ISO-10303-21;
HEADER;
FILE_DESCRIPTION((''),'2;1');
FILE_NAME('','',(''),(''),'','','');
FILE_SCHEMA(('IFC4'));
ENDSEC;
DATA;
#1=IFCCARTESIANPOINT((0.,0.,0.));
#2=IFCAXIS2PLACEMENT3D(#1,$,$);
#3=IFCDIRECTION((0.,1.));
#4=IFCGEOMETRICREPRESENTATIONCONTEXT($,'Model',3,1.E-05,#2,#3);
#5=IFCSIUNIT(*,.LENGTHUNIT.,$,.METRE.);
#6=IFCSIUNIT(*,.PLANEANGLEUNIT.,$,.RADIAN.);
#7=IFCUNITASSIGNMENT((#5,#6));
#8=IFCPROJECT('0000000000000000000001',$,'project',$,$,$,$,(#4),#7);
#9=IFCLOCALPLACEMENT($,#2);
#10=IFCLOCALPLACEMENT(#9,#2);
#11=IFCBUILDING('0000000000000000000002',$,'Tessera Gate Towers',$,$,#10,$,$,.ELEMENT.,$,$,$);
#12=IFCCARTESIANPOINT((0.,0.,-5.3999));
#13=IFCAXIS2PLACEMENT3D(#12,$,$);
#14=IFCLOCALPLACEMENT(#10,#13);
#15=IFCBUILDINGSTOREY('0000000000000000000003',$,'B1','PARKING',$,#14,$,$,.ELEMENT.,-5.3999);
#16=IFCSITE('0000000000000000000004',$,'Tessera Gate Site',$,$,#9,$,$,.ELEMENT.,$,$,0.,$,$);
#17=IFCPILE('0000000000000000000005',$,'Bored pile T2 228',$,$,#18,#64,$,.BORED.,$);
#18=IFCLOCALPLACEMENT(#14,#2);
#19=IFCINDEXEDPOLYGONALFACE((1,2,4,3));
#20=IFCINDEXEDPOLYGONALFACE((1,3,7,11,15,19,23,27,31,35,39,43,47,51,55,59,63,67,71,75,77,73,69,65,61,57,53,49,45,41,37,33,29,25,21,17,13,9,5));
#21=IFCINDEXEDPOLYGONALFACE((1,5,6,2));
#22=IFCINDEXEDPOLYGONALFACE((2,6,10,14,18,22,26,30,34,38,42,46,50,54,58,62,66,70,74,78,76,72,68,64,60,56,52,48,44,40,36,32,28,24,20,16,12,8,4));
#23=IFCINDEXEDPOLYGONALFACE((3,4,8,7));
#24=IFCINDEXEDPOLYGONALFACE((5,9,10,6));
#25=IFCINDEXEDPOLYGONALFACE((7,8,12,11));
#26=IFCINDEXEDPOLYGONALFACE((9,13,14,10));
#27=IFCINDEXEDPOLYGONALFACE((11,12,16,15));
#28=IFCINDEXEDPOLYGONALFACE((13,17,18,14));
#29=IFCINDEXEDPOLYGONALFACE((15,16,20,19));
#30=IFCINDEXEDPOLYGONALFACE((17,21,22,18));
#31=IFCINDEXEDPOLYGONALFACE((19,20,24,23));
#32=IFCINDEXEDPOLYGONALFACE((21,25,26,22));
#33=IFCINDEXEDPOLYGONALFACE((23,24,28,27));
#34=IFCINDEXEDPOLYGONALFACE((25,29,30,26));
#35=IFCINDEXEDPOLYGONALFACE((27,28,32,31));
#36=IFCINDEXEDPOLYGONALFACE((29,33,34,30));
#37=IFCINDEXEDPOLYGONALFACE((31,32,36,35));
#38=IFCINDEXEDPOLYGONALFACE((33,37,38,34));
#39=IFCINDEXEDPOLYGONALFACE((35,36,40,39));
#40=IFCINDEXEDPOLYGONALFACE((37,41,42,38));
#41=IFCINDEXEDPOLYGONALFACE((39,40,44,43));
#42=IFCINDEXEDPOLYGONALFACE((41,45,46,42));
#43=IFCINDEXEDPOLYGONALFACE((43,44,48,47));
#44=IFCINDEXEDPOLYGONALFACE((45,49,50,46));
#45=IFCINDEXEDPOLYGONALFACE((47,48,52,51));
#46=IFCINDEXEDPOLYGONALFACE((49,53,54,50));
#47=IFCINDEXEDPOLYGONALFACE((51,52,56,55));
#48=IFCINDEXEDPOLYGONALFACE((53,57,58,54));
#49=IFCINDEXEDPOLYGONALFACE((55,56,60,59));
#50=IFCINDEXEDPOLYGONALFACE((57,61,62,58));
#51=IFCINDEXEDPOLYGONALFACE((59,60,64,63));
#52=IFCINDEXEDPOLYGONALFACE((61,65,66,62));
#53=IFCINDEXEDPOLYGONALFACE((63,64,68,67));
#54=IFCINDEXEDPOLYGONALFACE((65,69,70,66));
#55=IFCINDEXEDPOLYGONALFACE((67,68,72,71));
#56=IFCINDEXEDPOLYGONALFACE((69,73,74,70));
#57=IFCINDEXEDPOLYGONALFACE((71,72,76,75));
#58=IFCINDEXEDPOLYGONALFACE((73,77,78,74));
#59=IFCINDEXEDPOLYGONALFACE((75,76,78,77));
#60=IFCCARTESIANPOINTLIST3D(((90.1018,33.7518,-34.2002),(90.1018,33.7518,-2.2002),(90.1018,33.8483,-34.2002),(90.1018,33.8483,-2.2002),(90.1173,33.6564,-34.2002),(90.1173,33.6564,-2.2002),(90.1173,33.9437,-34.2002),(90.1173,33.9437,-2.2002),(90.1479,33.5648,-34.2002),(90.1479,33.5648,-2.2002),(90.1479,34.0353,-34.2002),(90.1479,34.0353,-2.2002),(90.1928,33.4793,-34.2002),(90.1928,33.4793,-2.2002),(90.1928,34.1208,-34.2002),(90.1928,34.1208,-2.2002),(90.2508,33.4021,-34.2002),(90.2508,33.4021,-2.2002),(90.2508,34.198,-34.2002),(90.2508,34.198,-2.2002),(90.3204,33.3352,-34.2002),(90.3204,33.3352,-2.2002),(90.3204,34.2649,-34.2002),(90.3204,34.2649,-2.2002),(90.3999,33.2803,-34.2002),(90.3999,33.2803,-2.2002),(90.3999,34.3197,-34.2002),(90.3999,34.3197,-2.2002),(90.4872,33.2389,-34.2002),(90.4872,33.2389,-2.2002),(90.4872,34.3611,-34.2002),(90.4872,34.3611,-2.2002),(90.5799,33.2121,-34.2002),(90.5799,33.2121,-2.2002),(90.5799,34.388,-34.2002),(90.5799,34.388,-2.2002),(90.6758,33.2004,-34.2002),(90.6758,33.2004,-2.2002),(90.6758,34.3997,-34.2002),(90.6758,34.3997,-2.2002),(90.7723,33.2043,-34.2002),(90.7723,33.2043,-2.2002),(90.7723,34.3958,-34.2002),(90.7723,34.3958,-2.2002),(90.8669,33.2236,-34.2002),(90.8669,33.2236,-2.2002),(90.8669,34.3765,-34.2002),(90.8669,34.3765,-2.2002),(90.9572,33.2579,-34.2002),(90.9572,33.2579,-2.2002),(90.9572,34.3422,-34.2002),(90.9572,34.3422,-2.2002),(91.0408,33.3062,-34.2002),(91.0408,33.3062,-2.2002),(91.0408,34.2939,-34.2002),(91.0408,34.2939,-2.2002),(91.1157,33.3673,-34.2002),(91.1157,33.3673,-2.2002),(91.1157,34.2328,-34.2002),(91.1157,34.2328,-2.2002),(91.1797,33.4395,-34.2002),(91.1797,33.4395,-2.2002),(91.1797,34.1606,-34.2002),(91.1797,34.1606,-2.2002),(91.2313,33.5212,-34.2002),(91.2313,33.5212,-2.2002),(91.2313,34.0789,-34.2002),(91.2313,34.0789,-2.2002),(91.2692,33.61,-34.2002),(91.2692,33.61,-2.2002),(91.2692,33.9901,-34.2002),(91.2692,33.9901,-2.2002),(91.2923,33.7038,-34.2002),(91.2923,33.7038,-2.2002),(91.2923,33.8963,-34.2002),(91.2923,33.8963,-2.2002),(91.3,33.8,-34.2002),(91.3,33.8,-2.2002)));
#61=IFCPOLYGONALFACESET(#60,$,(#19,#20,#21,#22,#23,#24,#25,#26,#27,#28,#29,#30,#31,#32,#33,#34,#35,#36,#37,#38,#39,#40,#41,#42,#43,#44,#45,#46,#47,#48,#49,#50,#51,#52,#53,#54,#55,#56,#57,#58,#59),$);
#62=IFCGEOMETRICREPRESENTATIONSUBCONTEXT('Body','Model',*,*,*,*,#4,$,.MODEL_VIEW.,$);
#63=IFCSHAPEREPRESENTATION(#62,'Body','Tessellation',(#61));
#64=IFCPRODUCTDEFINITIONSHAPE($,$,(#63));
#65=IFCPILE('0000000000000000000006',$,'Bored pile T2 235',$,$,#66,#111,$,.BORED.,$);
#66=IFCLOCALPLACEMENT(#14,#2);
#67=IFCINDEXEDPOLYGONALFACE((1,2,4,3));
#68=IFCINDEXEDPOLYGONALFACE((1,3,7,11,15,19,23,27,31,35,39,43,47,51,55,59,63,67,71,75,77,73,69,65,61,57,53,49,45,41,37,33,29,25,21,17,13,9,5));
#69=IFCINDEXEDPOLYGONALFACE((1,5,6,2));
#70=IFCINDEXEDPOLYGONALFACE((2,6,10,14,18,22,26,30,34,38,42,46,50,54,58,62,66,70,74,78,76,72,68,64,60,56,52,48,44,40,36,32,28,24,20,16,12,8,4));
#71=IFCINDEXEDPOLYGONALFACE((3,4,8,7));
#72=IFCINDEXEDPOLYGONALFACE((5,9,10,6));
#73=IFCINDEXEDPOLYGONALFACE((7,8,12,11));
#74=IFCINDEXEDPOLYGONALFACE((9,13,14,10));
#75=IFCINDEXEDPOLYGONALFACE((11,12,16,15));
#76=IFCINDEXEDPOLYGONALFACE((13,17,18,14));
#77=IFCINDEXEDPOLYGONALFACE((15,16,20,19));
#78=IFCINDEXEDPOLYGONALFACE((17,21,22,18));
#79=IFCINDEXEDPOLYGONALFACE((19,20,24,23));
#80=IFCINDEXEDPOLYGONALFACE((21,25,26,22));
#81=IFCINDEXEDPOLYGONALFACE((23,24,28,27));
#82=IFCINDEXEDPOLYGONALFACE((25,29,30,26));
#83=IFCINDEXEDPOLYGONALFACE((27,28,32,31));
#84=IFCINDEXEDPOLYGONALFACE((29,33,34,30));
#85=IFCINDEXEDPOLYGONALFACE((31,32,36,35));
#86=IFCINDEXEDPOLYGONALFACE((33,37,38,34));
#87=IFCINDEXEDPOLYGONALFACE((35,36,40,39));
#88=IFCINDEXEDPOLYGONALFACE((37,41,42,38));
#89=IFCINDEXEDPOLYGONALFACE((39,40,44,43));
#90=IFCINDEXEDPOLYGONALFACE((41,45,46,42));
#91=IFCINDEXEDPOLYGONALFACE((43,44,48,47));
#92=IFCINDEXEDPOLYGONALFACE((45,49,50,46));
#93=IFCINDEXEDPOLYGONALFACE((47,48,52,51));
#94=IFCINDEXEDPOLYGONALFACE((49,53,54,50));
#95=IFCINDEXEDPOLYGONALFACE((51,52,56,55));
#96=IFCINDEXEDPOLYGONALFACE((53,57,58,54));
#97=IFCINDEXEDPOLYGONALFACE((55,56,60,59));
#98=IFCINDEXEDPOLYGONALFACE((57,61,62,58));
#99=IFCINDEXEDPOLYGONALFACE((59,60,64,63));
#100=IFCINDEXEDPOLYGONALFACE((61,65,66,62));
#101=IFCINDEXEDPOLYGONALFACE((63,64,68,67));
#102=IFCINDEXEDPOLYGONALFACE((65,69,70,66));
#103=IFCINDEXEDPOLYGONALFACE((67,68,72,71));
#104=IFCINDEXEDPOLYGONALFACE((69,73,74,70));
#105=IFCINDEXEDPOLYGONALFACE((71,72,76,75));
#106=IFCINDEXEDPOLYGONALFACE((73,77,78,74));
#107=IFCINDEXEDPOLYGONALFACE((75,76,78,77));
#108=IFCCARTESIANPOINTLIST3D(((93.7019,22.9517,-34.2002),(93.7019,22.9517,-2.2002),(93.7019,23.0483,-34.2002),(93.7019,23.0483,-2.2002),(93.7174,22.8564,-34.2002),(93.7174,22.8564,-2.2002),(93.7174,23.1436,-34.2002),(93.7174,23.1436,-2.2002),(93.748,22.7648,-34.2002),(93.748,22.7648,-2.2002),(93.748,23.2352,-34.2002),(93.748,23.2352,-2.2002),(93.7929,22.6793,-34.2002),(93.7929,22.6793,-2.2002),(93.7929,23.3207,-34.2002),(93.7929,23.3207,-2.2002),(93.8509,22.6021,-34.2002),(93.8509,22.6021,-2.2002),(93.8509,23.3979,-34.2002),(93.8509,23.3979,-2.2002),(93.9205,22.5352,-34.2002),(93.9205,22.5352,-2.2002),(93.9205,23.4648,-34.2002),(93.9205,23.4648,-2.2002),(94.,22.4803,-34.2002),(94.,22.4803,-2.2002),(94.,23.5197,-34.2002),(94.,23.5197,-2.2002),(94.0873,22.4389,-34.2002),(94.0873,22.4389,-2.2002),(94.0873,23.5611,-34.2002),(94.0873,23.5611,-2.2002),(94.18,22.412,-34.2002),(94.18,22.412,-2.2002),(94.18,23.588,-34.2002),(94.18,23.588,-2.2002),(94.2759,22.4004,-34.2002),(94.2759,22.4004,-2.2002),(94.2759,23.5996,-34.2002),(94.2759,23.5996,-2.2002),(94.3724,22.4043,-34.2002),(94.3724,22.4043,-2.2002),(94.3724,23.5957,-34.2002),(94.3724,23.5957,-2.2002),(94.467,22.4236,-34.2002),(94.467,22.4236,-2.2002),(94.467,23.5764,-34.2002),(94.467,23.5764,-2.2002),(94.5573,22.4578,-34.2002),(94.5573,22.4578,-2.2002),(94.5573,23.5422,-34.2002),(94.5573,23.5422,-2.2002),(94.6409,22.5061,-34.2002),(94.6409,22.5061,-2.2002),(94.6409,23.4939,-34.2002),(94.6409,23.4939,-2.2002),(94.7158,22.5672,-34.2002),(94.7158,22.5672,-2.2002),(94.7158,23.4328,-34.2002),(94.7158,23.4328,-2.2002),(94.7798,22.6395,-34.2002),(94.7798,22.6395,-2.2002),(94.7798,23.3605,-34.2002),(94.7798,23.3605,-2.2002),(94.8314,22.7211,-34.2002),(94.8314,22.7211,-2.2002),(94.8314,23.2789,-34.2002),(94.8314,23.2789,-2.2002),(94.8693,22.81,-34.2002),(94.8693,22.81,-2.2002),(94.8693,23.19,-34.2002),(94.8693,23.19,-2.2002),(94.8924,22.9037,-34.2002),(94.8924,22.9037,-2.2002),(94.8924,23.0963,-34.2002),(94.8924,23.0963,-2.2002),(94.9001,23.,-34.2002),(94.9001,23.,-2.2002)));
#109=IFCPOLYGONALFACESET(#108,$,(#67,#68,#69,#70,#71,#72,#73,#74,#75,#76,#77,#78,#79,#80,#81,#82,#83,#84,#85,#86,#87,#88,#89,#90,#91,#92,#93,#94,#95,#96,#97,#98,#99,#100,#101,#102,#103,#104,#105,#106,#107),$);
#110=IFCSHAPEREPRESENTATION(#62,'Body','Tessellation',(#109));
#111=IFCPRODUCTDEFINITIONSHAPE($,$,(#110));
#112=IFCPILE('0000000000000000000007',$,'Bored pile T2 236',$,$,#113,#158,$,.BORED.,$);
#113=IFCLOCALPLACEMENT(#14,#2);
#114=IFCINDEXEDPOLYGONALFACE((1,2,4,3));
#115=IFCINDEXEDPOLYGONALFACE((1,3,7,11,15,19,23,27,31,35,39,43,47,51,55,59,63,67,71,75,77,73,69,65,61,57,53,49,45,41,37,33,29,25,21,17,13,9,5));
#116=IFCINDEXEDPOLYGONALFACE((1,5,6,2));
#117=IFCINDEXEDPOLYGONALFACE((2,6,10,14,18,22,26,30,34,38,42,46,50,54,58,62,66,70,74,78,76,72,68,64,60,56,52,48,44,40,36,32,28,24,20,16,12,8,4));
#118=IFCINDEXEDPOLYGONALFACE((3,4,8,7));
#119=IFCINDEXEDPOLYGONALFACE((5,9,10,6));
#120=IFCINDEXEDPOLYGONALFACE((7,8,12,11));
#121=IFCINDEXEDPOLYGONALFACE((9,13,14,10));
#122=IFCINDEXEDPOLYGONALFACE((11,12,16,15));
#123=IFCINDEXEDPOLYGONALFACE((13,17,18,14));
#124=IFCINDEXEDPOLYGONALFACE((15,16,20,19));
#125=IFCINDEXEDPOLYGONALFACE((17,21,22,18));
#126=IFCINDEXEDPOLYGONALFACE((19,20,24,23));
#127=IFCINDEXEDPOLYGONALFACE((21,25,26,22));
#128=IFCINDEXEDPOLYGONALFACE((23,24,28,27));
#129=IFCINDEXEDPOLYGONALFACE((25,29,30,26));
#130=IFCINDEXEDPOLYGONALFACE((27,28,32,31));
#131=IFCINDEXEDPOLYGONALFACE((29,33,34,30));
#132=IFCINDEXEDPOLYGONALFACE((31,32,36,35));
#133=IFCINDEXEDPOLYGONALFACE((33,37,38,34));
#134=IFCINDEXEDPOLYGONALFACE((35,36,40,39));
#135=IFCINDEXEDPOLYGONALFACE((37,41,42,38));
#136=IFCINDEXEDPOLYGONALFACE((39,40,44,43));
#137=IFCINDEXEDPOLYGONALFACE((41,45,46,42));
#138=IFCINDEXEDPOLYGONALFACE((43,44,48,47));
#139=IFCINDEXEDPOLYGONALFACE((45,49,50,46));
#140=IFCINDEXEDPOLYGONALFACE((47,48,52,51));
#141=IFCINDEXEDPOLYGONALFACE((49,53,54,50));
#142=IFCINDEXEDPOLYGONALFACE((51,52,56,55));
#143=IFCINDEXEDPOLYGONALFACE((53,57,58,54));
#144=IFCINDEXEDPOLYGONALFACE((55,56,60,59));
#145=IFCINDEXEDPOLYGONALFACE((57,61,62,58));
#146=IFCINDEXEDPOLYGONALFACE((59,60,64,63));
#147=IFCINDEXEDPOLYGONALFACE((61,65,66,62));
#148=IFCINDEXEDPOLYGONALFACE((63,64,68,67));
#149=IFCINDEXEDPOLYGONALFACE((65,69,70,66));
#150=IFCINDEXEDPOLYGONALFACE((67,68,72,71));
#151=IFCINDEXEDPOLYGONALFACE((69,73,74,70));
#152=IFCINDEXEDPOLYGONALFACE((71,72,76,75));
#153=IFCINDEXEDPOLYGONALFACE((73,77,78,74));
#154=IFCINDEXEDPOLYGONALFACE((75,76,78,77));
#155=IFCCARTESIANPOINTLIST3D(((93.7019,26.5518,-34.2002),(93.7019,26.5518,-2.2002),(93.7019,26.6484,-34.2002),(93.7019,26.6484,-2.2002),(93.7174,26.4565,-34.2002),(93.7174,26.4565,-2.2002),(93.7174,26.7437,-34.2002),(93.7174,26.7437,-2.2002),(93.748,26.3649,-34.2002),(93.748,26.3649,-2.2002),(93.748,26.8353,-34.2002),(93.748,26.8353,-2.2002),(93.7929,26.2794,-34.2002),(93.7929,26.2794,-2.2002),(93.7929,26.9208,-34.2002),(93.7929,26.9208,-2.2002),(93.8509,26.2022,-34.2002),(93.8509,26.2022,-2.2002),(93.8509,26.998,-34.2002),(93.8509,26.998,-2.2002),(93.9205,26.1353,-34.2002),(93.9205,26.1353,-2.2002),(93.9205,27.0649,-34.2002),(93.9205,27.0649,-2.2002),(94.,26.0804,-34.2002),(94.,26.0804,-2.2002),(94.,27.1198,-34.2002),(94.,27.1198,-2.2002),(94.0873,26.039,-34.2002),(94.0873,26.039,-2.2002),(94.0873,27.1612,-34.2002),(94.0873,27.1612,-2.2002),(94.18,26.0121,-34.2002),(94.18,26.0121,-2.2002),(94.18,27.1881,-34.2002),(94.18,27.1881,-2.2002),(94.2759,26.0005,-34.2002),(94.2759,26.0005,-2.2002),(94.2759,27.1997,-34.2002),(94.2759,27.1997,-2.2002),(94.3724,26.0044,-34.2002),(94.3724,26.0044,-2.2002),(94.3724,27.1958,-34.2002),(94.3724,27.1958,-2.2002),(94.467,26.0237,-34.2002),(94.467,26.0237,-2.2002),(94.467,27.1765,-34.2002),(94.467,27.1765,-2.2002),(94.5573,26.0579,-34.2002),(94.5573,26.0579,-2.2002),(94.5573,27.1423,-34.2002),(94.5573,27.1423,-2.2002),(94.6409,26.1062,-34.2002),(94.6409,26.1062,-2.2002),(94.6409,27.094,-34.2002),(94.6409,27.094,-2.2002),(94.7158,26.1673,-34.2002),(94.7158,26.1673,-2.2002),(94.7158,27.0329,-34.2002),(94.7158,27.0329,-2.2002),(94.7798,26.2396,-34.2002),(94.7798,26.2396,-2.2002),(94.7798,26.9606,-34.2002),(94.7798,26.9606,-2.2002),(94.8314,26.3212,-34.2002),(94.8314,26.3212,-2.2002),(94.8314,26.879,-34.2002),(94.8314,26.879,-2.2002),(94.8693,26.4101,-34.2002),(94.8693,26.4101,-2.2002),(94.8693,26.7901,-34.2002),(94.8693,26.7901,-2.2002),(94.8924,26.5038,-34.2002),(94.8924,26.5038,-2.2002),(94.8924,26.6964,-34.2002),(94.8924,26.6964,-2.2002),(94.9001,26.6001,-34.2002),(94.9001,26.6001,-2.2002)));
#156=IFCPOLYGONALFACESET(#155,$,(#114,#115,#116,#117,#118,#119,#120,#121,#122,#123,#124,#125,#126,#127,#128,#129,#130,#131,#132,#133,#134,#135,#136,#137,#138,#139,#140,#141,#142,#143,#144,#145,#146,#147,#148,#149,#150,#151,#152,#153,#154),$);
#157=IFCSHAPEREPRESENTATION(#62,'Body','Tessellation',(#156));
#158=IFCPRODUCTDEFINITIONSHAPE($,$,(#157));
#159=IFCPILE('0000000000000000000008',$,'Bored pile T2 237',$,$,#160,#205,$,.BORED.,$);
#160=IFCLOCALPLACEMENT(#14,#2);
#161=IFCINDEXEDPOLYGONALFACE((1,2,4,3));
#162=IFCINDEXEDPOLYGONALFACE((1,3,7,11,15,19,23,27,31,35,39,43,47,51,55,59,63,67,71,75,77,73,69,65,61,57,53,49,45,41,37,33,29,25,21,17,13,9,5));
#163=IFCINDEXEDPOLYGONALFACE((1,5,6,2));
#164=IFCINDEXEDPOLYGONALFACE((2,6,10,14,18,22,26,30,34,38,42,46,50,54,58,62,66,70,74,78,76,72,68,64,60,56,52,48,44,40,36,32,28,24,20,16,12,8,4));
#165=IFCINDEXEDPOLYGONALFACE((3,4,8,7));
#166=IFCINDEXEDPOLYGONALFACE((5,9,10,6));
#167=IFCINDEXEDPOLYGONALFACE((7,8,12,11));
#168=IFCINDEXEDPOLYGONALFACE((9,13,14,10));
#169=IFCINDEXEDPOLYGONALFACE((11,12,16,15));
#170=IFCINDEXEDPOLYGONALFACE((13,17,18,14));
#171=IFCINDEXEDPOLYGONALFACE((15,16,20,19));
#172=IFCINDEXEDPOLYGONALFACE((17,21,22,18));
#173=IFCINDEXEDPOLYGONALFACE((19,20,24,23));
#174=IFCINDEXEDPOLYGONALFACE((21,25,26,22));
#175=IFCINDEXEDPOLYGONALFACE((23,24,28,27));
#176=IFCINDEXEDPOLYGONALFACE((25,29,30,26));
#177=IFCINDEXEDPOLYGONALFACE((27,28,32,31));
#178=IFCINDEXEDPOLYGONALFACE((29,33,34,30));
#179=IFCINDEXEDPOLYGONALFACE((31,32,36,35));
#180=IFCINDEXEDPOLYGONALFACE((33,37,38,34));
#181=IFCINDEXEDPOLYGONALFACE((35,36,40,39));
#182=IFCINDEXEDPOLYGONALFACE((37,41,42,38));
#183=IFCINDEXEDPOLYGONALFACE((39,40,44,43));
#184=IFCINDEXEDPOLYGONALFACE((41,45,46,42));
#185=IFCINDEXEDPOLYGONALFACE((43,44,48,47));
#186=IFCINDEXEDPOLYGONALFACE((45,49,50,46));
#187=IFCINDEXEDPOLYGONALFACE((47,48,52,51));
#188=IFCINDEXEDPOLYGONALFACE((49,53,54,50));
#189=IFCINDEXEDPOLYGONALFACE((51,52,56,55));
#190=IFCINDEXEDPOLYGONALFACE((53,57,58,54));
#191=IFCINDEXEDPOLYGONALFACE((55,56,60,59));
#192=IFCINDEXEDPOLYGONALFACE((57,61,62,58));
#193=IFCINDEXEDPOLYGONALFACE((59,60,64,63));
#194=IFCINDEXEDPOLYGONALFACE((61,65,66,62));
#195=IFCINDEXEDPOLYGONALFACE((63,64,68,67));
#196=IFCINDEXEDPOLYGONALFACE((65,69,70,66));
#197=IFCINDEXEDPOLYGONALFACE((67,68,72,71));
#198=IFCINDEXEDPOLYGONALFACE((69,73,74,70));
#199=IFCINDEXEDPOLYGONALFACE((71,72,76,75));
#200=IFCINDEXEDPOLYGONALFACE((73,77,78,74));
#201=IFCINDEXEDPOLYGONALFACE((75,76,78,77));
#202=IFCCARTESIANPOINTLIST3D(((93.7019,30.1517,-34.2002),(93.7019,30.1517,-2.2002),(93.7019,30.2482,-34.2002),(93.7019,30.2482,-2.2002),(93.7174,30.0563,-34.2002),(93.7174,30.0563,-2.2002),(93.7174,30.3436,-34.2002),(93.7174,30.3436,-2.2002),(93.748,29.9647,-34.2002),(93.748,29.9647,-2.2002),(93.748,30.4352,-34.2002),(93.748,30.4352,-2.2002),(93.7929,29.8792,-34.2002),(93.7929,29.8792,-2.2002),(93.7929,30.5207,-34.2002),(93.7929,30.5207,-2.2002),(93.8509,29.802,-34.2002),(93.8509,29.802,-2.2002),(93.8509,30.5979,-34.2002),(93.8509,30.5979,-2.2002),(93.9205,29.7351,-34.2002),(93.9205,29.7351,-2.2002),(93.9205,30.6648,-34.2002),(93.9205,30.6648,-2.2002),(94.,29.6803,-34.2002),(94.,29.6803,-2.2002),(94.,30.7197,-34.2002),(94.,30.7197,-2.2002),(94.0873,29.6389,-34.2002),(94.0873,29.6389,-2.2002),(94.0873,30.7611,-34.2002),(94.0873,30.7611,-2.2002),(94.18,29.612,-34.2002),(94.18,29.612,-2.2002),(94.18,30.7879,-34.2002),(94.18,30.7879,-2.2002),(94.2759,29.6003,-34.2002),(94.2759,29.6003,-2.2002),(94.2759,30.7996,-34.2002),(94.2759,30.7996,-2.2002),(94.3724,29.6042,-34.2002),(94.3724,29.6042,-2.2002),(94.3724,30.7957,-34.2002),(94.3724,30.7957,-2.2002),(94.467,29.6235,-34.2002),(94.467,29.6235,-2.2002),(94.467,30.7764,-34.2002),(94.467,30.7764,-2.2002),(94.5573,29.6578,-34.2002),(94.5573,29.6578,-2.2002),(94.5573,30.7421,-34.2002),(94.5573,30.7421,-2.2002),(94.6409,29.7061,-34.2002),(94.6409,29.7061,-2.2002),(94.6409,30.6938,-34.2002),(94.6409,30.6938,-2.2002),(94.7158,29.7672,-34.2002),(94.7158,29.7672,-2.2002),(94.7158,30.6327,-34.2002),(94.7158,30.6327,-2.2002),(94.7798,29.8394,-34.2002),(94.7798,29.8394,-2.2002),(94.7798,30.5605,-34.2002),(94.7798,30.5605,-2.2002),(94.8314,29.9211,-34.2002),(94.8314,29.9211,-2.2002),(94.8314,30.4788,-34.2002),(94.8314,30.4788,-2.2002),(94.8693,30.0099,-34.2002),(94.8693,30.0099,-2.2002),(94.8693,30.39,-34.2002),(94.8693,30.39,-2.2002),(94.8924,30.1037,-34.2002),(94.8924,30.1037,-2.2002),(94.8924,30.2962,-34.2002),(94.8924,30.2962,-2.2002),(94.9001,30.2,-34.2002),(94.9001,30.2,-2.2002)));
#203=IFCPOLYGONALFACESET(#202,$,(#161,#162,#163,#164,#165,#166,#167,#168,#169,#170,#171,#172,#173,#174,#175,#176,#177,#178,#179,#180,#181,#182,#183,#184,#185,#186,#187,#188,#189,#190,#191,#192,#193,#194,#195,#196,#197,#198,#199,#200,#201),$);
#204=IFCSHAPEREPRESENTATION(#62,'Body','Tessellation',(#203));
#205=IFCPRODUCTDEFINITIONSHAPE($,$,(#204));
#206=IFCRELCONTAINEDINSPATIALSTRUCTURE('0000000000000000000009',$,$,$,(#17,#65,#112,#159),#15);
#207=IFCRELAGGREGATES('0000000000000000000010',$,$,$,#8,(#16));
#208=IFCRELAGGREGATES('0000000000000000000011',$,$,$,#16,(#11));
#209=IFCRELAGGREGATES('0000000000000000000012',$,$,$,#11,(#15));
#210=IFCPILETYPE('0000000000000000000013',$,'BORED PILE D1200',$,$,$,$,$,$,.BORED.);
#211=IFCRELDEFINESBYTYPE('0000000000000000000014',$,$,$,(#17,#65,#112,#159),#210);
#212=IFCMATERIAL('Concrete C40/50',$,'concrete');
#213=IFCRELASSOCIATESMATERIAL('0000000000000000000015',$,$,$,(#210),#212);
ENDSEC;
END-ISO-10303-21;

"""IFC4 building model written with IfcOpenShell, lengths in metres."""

from ifc_helpers import new_model, si_unit, direction, frame, origin, origin_2d, place, context, subcontext, project, spatial, circle, extrude, material, material_profile, profile_set, type_object, element, save


model = new_model("IFC4")

# Units and contexts
model_context = context("Model", 3, precision=1e-05, world=origin(), true_north=direction((0.0, 1.0)))
body_context = subcontext(model_context, "Body", "Model", "MODEL_VIEW")
ifc_project = project(units=[si_unit("LENGTHUNIT", "METRE"), si_unit("PLANEANGLEUNIT", "RADIAN")], contexts=[model_context])

# Site, building, storey
site_placement = place(None, origin())
site = spatial("IfcSite", under=ifc_project, at=site_placement, Name="Tessera Gate Site", CompositionType="ELEMENT", RefElevation=0.0)
building_placement = place(site_placement, origin())
building = spatial("IfcBuilding", under=site, at=building_placement, Name="Tessera Gate Towers", CompositionType="ELEMENT")
storey_placement = place(building_placement, frame((0.0, 0.0, -5.3999)))
storey = spatial("IfcBuildingStorey", under=building, at=storey_placement, Name="B1", Description="PARKING", CompositionType="ELEMENT", Elevation=-5.3999)

# Piles
ifc_material_1 = material(Name="Concrete C40/50", Category="concrete")
ifc_material_profile_1 = material_profile(ifc_material_1, circle(Radius=0.6001, at=origin_2d()), Name="BORED PILE D1200")
ifc_profile_set_1 = profile_set([ifc_material_profile_1], Name="Concrete C40/50")
pile_type = type_object("IfcPileType", Name="BORED PILE D1200", PredefinedType="BORED", material=ifc_profile_set_1)
for number, where, z_axis, x_axis, name in (
    (1, (90.7, 33.8, -2.2002), (0.0, 0.0, -1.0), (1.0, 0.0, 0.0), "Bored pile T2 228"),
    (2, (94.3, 23.0, -2.2002), (0.0, 0.0, -1.0), (1.0, 0.0, 0.0), "Bored pile T2 235"),
    (3, (94.3, 26.6001, -2.2002), (0.0, 0.0, -1.0), (1.0, 0.0, 0.0), "Bored pile T2 236"),
    (4, (94.3, 30.2, -2.2002), (0.0, 0.0, -1.0), (1.0, 0.0, 0.0), "Bored pile T2 237"),
):
    element("IfcPile", number, at=place(storey_placement, frame(where, z_axis=z_axis, x_axis=x_axis)), inside=storey, type_object=pile_type, Name=name, PredefinedType="BORED", context=body_context, shape_type="SweptSolid", body=[
        extrude(circle(Radius=0.6001, at=origin_2d()), origin(), (0.0, 0.0, 1.0), 32.0),
    ])

save(model, "model.ifc")
